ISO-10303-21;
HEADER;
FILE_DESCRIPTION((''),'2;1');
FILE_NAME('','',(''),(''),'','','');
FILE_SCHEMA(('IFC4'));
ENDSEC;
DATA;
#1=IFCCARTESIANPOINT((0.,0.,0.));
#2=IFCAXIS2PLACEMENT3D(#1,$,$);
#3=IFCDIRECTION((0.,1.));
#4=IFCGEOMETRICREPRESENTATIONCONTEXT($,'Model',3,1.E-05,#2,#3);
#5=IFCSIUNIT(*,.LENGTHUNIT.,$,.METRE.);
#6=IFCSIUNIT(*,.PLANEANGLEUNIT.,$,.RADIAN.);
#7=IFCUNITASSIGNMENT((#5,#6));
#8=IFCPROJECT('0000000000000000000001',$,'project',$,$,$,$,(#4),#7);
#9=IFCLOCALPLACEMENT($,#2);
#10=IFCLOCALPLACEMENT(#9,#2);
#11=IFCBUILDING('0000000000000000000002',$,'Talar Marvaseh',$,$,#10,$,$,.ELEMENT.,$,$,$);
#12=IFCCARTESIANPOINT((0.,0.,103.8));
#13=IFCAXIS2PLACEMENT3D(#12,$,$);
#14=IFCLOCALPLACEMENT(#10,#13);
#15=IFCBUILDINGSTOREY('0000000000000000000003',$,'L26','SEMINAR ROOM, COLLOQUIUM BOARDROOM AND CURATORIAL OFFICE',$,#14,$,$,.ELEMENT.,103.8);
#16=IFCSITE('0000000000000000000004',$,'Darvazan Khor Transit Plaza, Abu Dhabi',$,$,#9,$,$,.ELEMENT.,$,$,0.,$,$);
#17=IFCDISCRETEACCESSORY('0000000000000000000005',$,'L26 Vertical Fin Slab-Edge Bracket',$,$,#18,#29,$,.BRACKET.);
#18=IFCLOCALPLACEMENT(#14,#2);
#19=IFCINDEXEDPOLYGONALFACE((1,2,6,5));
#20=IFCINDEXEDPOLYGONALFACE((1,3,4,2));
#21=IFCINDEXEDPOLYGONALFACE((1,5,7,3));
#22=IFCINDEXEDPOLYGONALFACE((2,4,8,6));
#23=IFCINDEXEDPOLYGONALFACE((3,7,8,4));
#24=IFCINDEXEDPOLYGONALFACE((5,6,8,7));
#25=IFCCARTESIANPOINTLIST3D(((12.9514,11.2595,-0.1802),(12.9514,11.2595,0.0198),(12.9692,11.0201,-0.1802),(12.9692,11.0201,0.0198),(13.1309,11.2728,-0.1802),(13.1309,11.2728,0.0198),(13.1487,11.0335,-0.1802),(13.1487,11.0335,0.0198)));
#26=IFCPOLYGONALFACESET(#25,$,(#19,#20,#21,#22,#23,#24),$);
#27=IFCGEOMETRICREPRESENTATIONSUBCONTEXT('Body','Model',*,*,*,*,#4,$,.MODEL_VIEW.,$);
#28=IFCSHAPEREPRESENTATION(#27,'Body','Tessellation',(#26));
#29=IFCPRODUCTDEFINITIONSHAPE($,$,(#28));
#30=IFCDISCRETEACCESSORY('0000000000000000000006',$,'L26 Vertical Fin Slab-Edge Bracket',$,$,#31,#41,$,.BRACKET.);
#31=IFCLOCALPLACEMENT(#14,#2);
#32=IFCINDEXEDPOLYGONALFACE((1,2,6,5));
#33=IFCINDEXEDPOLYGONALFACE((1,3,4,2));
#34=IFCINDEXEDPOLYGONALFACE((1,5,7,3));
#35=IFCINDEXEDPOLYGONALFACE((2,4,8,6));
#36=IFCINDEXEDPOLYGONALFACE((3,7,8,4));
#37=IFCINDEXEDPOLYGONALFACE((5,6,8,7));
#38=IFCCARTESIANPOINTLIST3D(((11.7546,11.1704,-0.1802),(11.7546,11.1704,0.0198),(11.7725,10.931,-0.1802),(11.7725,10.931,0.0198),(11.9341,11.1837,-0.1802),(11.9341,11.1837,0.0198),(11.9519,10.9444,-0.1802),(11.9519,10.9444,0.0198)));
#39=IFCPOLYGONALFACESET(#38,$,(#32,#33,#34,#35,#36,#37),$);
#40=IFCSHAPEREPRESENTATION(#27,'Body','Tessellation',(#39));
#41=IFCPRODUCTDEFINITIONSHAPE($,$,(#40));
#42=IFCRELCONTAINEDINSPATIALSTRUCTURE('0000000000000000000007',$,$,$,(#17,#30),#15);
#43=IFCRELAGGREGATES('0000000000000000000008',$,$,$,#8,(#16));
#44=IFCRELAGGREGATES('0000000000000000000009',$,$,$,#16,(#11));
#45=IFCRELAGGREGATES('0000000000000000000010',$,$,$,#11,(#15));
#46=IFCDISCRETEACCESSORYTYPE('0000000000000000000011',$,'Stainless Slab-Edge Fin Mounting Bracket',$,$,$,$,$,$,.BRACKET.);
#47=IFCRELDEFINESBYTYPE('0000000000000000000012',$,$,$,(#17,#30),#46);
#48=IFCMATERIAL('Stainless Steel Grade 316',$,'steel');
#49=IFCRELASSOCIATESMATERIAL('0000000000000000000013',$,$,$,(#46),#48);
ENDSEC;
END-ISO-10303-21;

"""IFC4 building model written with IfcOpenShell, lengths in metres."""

from ifc_helpers import new_model, si_unit, direction, frame, origin, origin_2d, place, context, subcontext, project, spatial, rectangle, extrude, source, transform, mapped, material, type_object, type_shapes, element, save


model = new_model("IFC4")

# Units and contexts
model_context = context("Model", 3, precision=1e-05, world=origin(), true_north=direction((0.0, 1.0)))
body_context = subcontext(model_context, "Body", "Model", "MODEL_VIEW")
ifc_project = project(units=[si_unit("LENGTHUNIT", "METRE"), si_unit("PLANEANGLEUNIT", "RADIAN")], contexts=[model_context])

# Site, building, storey
site_placement = place(None, origin())
site = spatial("IfcSite", under=ifc_project, at=site_placement, Name="Darvazan Khor Transit Plaza, Abu Dhabi", CompositionType="ELEMENT", RefElevation=0.0)
building_placement = place(site_placement, origin())
building = spatial("IfcBuilding", under=site, at=building_placement, Name="Talar Marvaseh", CompositionType="ELEMENT")
storey_placement = place(building_placement, frame((0.0, 0.0, 103.8)))
storey = spatial("IfcBuildingStorey", under=building, at=storey_placement, Name="L26", Description="SEMINAR ROOM, COLLOQUIUM BOARDROOM AND CURATORIAL OFFICE", CompositionType="ELEMENT", Elevation=103.8)

# Discrete accessories
ifc_material_1 = material(Name="Stainless Steel Grade 316", Category="steel")
discrete_accessory_type = type_object("IfcDiscreteAccessoryType", Name="Stainless Slab-Edge Fin Mounting Bracket", PredefinedType="BRACKET", material=ifc_material_1)
shared_shape_1 = source(origin(), body_context, "Body", "SweptSolid", [
    extrude(rectangle(XDim=0.24, YDim=0.1799, at=origin_2d()), origin(), (0.0, 0.0, 1.0), 0.2),
])
type_shapes(discrete_accessory_type, [shared_shape_1])
for number, where, z_axis, x_axis, name in (
    (1, (13.05, 11.1465, -0.1802), (0.0, 0.0, 1.0), (0.074283, -0.997237, 0.0), "L26 Vertical Fin Slab-Edge Bracket"),
    (2, (11.8533, 11.0574, -0.1802), (0.0, 0.0, 1.0), (0.074283, -0.997237, 0.0), "L26 Vertical Fin Slab-Edge Bracket"),
):
    element("IfcDiscreteAccessory", number, at=place(storey_placement, frame(where, z_axis=z_axis, x_axis=x_axis)), inside=storey, type_object=discrete_accessory_type, Name=name, PredefinedType="BRACKET", context=body_context, shape_type="MappedRepresentation", body=[
        mapped(shared_shape_1, transform((0.0, 0.0, 0.0), x_axis=(1.0, 0.0, 0.0), y_axis=(0.0, 1.0, 0.0), z_axis=(0.0, 0.0, 1.0), scale=1.0)),
    ])

save(model, "model.ifc")
